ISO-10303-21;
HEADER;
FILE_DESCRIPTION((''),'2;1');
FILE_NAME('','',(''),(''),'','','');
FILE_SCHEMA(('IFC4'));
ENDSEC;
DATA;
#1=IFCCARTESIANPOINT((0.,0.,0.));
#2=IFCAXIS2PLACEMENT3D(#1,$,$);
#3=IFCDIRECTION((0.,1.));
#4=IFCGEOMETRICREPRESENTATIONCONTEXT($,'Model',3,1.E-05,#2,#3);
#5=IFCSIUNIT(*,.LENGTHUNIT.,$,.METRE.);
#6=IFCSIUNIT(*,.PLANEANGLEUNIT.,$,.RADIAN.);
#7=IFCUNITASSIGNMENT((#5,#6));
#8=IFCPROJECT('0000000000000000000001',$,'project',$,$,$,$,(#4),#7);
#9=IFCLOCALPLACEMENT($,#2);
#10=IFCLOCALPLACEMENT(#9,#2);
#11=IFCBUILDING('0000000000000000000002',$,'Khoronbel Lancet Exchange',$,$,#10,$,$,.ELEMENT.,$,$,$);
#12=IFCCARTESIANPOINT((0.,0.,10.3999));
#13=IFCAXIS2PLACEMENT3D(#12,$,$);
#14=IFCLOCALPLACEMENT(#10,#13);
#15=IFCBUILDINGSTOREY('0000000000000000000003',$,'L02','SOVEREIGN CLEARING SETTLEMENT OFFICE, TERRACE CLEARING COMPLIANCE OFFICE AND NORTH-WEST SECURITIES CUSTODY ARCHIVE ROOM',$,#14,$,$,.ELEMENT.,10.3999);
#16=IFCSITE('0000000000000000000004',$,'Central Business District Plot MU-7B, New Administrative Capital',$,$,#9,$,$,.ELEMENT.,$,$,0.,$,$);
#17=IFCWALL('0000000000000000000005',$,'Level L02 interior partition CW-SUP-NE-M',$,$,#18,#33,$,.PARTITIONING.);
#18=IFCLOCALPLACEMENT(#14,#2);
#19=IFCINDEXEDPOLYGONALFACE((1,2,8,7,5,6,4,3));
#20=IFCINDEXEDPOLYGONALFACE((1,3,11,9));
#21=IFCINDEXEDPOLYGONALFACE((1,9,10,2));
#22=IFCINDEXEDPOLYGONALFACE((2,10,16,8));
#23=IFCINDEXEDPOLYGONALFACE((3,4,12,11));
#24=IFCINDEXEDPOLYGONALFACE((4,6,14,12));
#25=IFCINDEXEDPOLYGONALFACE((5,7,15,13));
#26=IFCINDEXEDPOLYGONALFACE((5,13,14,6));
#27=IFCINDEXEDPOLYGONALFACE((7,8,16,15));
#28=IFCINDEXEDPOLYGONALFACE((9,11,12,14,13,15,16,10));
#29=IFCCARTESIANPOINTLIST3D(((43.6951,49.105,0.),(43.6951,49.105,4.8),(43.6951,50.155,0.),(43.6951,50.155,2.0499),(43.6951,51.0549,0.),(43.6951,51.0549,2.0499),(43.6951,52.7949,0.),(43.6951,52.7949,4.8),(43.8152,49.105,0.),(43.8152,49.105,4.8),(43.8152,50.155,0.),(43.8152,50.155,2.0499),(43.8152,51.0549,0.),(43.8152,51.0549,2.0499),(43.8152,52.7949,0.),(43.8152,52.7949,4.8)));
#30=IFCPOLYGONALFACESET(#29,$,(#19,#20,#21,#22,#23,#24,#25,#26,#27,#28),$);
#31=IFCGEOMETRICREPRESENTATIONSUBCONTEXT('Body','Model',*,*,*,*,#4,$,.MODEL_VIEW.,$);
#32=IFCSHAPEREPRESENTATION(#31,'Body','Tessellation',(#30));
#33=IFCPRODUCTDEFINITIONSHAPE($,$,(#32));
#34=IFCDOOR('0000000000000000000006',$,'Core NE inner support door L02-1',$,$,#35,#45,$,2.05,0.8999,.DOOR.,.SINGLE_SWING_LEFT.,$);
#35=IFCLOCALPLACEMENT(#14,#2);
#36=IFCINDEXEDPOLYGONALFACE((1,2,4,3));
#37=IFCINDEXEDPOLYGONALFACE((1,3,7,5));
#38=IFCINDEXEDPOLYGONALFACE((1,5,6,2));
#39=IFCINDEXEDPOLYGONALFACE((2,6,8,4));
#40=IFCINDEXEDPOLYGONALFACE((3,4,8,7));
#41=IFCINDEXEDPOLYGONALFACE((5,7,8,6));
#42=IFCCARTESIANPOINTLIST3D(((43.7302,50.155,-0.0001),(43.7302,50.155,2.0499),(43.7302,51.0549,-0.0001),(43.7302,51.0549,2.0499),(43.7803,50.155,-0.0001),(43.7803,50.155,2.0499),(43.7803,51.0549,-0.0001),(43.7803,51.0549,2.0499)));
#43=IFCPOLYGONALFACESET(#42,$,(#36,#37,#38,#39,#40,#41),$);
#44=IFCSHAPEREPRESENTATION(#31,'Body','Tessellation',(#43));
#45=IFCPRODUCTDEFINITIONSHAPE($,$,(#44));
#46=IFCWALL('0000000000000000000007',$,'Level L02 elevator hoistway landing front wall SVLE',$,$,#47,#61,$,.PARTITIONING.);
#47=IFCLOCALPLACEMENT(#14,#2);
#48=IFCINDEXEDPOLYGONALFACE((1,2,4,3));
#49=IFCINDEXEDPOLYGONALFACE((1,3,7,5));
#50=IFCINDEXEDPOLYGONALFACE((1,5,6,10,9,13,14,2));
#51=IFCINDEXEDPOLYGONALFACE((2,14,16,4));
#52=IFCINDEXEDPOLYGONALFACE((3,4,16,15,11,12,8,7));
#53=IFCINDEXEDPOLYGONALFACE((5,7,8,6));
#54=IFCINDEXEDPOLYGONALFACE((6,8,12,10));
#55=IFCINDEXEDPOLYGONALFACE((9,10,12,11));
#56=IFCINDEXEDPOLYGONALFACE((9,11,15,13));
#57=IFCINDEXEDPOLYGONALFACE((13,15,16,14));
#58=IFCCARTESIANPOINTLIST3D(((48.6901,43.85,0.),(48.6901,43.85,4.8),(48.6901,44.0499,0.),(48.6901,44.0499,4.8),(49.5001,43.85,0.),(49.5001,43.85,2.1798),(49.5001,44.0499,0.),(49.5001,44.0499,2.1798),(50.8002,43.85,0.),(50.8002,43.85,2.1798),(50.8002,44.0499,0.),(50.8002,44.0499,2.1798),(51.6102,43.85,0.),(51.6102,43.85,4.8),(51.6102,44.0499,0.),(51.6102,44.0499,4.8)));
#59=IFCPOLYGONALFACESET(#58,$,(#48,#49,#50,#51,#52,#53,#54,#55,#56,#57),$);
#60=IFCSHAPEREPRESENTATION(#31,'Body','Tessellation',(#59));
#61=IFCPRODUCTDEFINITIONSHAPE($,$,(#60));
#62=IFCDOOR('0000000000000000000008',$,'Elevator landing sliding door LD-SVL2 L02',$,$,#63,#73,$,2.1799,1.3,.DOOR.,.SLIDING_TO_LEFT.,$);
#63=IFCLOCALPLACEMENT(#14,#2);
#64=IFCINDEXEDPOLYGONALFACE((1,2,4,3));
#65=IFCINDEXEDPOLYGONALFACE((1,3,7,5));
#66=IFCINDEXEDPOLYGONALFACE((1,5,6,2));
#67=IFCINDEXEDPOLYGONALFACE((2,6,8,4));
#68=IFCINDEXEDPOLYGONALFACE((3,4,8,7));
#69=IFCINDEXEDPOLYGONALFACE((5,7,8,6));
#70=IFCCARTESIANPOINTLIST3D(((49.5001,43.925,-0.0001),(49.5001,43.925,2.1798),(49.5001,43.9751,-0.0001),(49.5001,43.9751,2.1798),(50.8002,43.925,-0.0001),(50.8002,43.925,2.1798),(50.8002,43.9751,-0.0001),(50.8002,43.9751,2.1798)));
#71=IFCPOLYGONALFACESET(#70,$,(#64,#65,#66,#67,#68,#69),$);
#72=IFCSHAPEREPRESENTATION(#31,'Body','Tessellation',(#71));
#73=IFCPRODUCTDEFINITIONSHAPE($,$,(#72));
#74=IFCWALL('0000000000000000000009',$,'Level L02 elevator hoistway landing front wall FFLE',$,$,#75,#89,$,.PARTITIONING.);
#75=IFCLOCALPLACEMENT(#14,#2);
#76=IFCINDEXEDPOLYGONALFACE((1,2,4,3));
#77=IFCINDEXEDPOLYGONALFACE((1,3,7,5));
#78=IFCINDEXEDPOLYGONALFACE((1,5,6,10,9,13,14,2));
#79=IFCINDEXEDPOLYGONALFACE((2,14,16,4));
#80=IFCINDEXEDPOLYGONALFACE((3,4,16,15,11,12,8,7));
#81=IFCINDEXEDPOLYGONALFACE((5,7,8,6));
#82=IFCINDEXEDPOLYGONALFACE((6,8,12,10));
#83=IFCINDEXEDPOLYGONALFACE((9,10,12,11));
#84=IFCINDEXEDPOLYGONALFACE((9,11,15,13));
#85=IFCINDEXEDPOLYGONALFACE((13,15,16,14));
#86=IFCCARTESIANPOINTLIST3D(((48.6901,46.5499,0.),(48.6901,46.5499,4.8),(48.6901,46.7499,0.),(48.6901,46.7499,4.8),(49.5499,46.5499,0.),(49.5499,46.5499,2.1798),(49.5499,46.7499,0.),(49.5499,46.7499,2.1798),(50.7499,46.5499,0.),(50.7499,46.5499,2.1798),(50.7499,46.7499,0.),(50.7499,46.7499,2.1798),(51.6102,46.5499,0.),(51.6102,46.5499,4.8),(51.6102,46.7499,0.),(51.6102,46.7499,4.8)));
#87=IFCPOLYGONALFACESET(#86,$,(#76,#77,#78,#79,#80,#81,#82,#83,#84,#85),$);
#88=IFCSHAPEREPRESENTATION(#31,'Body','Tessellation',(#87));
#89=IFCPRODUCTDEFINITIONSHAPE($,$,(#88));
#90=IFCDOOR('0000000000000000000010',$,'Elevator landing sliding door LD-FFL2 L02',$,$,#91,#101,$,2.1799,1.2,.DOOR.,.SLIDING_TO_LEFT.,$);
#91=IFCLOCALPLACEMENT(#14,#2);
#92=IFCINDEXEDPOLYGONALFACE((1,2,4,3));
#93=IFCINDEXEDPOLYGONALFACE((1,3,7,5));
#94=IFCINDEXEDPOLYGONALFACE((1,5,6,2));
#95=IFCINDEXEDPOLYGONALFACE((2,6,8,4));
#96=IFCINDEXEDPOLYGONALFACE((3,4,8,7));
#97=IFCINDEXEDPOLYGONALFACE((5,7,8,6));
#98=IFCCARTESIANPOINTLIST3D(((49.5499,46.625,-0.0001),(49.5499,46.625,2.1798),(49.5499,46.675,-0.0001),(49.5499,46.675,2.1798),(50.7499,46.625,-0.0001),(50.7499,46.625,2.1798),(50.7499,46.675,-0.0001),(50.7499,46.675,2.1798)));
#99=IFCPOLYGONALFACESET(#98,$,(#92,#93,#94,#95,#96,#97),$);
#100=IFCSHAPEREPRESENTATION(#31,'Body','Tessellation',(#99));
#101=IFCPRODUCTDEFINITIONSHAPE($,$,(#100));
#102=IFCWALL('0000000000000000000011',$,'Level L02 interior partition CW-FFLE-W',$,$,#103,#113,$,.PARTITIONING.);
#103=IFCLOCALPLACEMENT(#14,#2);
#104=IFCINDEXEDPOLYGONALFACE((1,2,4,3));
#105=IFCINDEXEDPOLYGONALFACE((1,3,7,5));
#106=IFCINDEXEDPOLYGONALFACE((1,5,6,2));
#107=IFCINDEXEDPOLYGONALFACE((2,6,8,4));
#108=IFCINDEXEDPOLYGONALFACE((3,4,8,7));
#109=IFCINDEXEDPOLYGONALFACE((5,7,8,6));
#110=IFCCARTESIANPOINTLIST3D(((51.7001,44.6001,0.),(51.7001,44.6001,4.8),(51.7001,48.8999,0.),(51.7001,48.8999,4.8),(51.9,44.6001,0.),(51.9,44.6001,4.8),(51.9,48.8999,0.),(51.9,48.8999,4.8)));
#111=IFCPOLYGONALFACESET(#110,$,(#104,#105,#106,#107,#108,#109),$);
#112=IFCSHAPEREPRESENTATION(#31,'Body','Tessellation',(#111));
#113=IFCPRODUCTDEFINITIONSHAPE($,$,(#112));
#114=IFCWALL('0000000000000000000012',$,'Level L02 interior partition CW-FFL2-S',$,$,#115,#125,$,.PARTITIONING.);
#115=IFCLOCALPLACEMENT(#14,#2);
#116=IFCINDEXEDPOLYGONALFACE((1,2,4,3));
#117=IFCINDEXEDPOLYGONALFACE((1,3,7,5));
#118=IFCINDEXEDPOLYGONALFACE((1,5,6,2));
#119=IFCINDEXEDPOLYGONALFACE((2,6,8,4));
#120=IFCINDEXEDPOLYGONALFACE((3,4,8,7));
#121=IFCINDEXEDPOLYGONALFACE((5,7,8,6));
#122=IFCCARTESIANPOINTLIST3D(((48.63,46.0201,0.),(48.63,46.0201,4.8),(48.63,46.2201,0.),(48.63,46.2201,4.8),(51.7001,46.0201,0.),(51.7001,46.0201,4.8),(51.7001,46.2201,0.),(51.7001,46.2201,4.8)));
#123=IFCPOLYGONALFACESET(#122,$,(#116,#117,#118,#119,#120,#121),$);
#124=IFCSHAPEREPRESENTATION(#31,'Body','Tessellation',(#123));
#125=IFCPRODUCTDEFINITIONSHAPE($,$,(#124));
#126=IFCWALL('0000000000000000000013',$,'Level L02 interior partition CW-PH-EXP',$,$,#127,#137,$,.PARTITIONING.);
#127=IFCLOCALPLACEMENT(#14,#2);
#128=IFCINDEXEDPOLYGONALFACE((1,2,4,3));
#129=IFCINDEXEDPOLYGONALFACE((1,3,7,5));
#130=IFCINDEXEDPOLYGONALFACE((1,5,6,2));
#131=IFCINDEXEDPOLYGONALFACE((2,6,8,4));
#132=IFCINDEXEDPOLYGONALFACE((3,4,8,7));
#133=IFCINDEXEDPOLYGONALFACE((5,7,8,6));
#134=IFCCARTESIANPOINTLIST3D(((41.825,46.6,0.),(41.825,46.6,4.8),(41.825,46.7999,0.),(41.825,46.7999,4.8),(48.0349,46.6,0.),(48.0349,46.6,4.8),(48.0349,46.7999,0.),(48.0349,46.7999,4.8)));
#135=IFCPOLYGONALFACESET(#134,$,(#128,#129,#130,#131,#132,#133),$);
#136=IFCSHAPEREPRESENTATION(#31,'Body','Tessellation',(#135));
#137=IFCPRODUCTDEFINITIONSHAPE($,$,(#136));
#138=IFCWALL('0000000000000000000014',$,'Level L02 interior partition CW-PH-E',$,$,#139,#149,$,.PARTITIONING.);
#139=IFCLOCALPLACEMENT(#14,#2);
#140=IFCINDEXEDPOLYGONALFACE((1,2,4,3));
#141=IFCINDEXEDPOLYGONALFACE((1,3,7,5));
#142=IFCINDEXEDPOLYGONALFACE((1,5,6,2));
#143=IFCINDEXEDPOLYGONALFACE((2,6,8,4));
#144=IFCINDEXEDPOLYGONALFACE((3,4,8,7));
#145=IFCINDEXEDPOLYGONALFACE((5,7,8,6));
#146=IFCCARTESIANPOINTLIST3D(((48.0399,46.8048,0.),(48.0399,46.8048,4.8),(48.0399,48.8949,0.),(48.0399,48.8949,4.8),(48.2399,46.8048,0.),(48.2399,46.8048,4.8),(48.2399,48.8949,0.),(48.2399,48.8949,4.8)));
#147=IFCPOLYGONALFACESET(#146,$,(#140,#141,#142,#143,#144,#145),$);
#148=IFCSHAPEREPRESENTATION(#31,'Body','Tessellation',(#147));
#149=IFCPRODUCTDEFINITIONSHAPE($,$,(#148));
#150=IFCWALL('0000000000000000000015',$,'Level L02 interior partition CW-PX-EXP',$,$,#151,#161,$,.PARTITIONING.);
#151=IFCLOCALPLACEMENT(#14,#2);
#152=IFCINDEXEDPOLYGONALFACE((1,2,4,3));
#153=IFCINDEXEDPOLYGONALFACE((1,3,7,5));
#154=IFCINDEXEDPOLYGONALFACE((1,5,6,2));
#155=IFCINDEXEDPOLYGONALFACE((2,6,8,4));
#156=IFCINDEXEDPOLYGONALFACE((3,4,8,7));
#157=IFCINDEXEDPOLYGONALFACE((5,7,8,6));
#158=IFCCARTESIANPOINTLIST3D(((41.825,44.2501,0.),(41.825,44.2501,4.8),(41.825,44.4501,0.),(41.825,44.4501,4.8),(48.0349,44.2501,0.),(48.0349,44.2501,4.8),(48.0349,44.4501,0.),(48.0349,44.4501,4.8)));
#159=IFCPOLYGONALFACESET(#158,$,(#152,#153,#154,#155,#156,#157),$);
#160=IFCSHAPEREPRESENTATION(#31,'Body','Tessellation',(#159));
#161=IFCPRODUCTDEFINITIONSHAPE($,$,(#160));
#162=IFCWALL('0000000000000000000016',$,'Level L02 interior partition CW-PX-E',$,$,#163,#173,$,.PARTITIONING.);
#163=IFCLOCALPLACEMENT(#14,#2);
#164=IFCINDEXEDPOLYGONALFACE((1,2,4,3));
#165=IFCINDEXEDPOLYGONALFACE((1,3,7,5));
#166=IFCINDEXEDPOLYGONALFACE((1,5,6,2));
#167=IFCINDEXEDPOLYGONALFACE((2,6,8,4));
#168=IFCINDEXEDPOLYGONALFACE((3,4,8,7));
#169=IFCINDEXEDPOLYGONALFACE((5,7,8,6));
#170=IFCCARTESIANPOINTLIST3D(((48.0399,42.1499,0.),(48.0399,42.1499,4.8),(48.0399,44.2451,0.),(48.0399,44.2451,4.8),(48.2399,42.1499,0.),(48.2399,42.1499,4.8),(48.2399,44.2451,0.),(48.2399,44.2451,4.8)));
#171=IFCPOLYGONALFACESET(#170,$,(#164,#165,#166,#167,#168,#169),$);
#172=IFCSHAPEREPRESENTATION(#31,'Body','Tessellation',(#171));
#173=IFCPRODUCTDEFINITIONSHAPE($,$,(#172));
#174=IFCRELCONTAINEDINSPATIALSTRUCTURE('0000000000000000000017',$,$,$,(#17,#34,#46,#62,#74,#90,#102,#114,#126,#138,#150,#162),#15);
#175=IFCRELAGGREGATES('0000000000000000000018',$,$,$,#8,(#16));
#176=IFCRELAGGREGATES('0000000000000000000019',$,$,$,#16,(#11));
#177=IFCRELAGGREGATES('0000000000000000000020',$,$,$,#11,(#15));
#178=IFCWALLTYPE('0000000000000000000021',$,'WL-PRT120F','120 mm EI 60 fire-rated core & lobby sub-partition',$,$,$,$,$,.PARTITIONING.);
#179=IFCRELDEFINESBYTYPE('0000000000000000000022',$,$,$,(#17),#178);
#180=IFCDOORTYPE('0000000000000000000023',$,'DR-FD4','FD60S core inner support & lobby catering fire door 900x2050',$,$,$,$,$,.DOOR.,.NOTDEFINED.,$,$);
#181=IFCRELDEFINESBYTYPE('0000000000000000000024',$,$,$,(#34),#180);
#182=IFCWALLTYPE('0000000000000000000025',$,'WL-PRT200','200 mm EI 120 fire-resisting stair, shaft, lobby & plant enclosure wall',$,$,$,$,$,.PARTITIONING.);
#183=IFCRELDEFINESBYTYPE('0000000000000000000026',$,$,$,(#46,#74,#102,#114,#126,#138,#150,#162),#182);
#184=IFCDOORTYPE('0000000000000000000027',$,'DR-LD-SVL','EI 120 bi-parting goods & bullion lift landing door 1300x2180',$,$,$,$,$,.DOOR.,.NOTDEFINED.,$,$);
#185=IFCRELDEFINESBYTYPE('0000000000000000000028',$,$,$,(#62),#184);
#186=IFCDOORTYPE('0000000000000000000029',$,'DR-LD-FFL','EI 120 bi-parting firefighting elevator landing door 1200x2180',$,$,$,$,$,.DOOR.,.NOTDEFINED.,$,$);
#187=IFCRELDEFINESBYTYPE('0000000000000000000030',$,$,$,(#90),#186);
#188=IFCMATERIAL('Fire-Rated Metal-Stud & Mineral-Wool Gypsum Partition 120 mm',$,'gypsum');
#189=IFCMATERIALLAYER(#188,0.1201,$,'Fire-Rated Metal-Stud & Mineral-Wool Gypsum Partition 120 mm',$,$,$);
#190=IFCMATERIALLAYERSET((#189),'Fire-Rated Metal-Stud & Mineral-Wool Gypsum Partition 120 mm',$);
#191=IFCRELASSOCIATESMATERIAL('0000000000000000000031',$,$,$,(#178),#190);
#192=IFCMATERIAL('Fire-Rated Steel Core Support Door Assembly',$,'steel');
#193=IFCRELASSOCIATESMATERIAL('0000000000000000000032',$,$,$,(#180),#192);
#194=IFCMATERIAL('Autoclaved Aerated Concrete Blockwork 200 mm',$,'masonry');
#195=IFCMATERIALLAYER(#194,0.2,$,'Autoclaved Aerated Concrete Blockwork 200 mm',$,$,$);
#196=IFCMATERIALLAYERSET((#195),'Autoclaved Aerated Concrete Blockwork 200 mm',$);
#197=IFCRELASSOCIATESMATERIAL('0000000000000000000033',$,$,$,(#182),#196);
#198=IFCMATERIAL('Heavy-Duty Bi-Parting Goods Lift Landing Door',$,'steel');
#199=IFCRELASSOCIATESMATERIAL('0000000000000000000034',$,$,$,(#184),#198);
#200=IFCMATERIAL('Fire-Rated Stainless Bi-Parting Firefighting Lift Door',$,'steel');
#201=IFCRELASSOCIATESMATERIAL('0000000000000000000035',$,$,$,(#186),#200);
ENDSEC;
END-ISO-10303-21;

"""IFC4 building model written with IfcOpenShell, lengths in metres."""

from ifc_helpers import new_model, si_unit, direction, frame, frame_2d, origin, place, context, subcontext, project, spatial, rectangle, extrude, material, layer, layer_set, type_object, element, fill, save


model = new_model("IFC4")

# Units and contexts
model_context = context("Model", 3, precision=1e-05, world=origin(), true_north=direction((0.0, 1.0)))
body_context = subcontext(model_context, "Body", "Model", "MODEL_VIEW")
ifc_project = project(units=[si_unit("LENGTHUNIT", "METRE"), si_unit("PLANEANGLEUNIT", "RADIAN")], contexts=[model_context])

# Site, building, storey
site_placement = place(None, origin())
site = spatial("IfcSite", under=ifc_project, at=site_placement, Name="Central Business District Plot MU-7B, New Administrative Capital", CompositionType="ELEMENT", RefElevation=0.0)
building_placement = place(site_placement, origin())
building = spatial("IfcBuilding", under=site, at=building_placement, Name="Khoronbel Lancet Exchange", CompositionType="ELEMENT")
storey_placement = place(building_placement, frame((0.0, 0.0, 10.3999)))
storey = spatial("IfcBuildingStorey", under=building, at=storey_placement, Name="L02", Description="SOVEREIGN CLEARING SETTLEMENT OFFICE, TERRACE CLEARING COMPLIANCE OFFICE AND NORTH-WEST SECURITIES CUSTODY ARCHIVE ROOM", CompositionType="ELEMENT", Elevation=10.3999)

# Shared definitions
ifc_material_1 = material(Name="Fire-Rated Metal-Stud & Mineral-Wool Gypsum Partition 120 mm", Category="gypsum")
ifc_layer_1 = layer(ifc_material_1, 0.1201, Name="Fire-Rated Metal-Stud & Mineral-Wool Gypsum Partition 120 mm")
ifc_layer_set_1 = layer_set([ifc_layer_1], Name="Fire-Rated Metal-Stud & Mineral-Wool Gypsum Partition 120 mm")
wall_type_1 = type_object("IfcWallType", Name="WL-PRT120F", Description="120 mm EI 60 fire-rated core & lobby sub-partition", PredefinedType="PARTITIONING", material=ifc_layer_set_1)

# Walls, openings, doors
wall_1_placement = place(storey_placement, frame((43.7551, 49.105, 0.0), z_axis=(0.0, 0.0, 1.0), x_axis=(0.0, 1.0, 0.0)))
wall_1 = element("IfcWall", 1, at=wall_1_placement, inside=storey, type_object=wall_type_1, Name="Level L02 interior partition CW-SUP-NE-M", PredefinedType="PARTITIONING", context=body_context, shape_type="SweptSolid", body=[
    extrude(rectangle(XDim=3.6899, YDim=0.1201, at=frame_2d((1.845, 0.0))), origin(), (0.0, 0.0, 1.0), 4.8),
])
opening_1_placement = place(wall_1_placement, frame((1.05, 0.0, 0.0)))
opening_1 = element("IfcOpeningElement", 2, at=opening_1_placement, cuts=wall_1, PredefinedType="OPENING", context=body_context, shape_type="SweptSolid", body=[
    extrude(rectangle(XDim=0.8999, YDim=2.05, at=frame_2d((0.45, 1.0249))), frame((0.0, 0.0701, 0.0), z_axis=(0.0, -1.0, 0.0), x_axis=(1.0, 0.0, 0.0)), (0.0, 0.0, 1.0), 0.1401),
])
ifc_material_2 = material(Name="Fire-Rated Steel Core Support Door Assembly", Category="steel")
door_type_1 = type_object("IfcDoorType", Name="DR-FD4", Description="FD60S core inner support & lobby catering fire door 900x2050", OperationType="NOTDEFINED", PredefinedType="DOOR", material=ifc_material_2)
door_1_placement = place(opening_1_placement, origin())
door_1 = element("IfcDoor", 3, at=door_1_placement, inside=storey, type_object=door_type_1, Name="Core NE inner support door L02-1", OperationType="SINGLE_SWING_LEFT", OverallHeight=2.05, OverallWidth=0.8999, PredefinedType="DOOR", context=body_context, shape_type="SweptSolid", body=[
    extrude(rectangle(XDim=0.8999, YDim=2.05, at=frame_2d((0.45, 1.0249))), frame((0.0, 0.0249, 0.0), z_axis=(0.0, -1.0, 0.0), x_axis=(1.0, 0.0, 0.0)), (0.0, 0.0, 1.0), 0.05),
])
fill(opening_1, door_1)
ifc_material_3 = material(Name="Autoclaved Aerated Concrete Blockwork 200 mm", Category="masonry")
ifc_layer_2 = layer(ifc_material_3, 0.2, Name="Autoclaved Aerated Concrete Blockwork 200 mm")
ifc_layer_set_2 = layer_set([ifc_layer_2], Name="Autoclaved Aerated Concrete Blockwork 200 mm")
wall_type_2 = type_object("IfcWallType", Name="WL-PRT200", Description="200 mm EI 120 fire-resisting stair, shaft, lobby & plant enclosure wall", PredefinedType="PARTITIONING", material=ifc_layer_set_2)
wall_2_placement = place(storey_placement, frame((51.6101, 43.95, 0.0), z_axis=(0.0, 0.0, 1.0), x_axis=(-1.0, 0.0, 0.0)))
wall_2 = element("IfcWall", 4, at=wall_2_placement, inside=storey, type_object=wall_type_2, Name="Level L02 elevator hoistway landing front wall SVLE", PredefinedType="PARTITIONING", context=body_context, shape_type="SweptSolid", body=[
    extrude(rectangle(XDim=2.9202, YDim=0.2, at=frame_2d((1.46, 0.0))), origin(), (0.0, 0.0, 1.0), 4.8),
])
opening_2_placement = place(wall_2_placement, frame((0.8101, 0.0, 0.0)))
opening_2 = element("IfcOpeningElement", 5, at=opening_2_placement, cuts=wall_2, PredefinedType="OPENING", context=body_context, shape_type="SweptSolid", body=[
    extrude(rectangle(XDim=1.3, YDim=2.1799, at=frame_2d((0.6499, 1.0898))), frame((0.0, 0.1099, 0.0), z_axis=(0.0, -1.0, 0.0), x_axis=(1.0, 0.0, 0.0)), (0.0, 0.0, 1.0), 0.22),
])
ifc_material_4 = material(Name="Heavy-Duty Bi-Parting Goods Lift Landing Door", Category="steel")
door_type_2 = type_object("IfcDoorType", Name="DR-LD-SVL", Description="EI 120 bi-parting goods & bullion lift landing door 1300x2180", OperationType="NOTDEFINED", PredefinedType="DOOR", material=ifc_material_4)
door_2_placement = place(opening_2_placement, origin())
door_2 = element("IfcDoor", 6, at=door_2_placement, inside=storey, type_object=door_type_2, Name="Elevator landing sliding door LD-SVL2 L02", OperationType="SLIDING_TO_LEFT", OverallHeight=2.1799, OverallWidth=1.3, PredefinedType="DOOR", context=body_context, shape_type="SweptSolid", body=[
    extrude(rectangle(XDim=1.3, YDim=2.1799, at=frame_2d((0.6499, 1.0898))), frame((0.0, 0.0249, 0.0), z_axis=(0.0, -1.0, 0.0), x_axis=(1.0, 0.0, 0.0)), (0.0, 0.0, 1.0), 0.05),
])
fill(opening_2, door_2)
wall_3_placement = place(storey_placement, frame((51.6101, 46.6499, 0.0), z_axis=(0.0, 0.0, 1.0), x_axis=(-1.0, 0.0, 0.0)))
wall_3 = element("IfcWall", 7, at=wall_3_placement, inside=storey, type_object=wall_type_2, Name="Level L02 elevator hoistway landing front wall FFLE", PredefinedType="PARTITIONING", context=body_context, shape_type="SweptSolid", body=[
    extrude(rectangle(XDim=2.9202, YDim=0.2, at=frame_2d((1.46, 0.0))), origin(), (0.0, 0.0, 1.0), 4.8),
])
opening_3_placement = place(wall_3_placement, frame((0.8601, 0.0, 0.0)))
opening_3 = element("IfcOpeningElement", 8, at=opening_3_placement, cuts=wall_3, PredefinedType="OPENING", context=body_context, shape_type="SweptSolid", body=[
    extrude(rectangle(XDim=1.2, YDim=2.1799, at=frame_2d((0.6001, 1.0898))), frame((0.0, 0.1099, 0.0), z_axis=(0.0, -1.0, 0.0), x_axis=(1.0, 0.0, 0.0)), (0.0, 0.0, 1.0), 0.22),
])
ifc_material_5 = material(Name="Fire-Rated Stainless Bi-Parting Firefighting Lift Door", Category="steel")
door_type_3 = type_object("IfcDoorType", Name="DR-LD-FFL", Description="EI 120 bi-parting firefighting elevator landing door 1200x2180", OperationType="NOTDEFINED", PredefinedType="DOOR", material=ifc_material_5)
door_3_placement = place(opening_3_placement, origin())
door_3 = element("IfcDoor", 9, at=door_3_placement, inside=storey, type_object=door_type_3, Name="Elevator landing sliding door LD-FFL2 L02", OperationType="SLIDING_TO_LEFT", OverallHeight=2.1799, OverallWidth=1.2, PredefinedType="DOOR", context=body_context, shape_type="SweptSolid", body=[
    extrude(rectangle(XDim=1.2, YDim=2.1799, at=frame_2d((0.6001, 1.0898))), frame((0.0, 0.0249, 0.0), z_axis=(0.0, -1.0, 0.0), x_axis=(1.0, 0.0, 0.0)), (0.0, 0.0, 1.0), 0.05),
])
fill(opening_3, door_3)

# Walls
wall_4_placement = place(storey_placement, frame((51.8, 44.6001, 0.0), z_axis=(0.0, 0.0, 1.0), x_axis=(0.0, 1.0, 0.0)))
element("IfcWall", 10, at=wall_4_placement, inside=storey, type_object=wall_type_2, Name="Level L02 interior partition CW-FFLE-W", PredefinedType="PARTITIONING", context=body_context, shape_type="SweptSolid", body=[
    extrude(rectangle(XDim=4.2998, YDim=0.2, at=frame_2d((2.1499, 0.0))), origin(), (0.0, 0.0, 1.0), 4.8),
])
wall_5_placement = place(storey_placement, frame((48.6299, 46.1201, 0.0), z_axis=(0.0, 0.0, 1.0), x_axis=(1.0, 0.0, 0.0)))
element("IfcWall", 11, at=wall_5_placement, inside=storey, type_object=wall_type_2, Name="Level L02 interior partition CW-FFL2-S", PredefinedType="PARTITIONING", context=body_context, shape_type="SweptSolid", body=[
    extrude(rectangle(XDim=3.0701, YDim=0.2, at=frame_2d((1.5352, 0.0))), origin(), (0.0, 0.0, 1.0), 4.8),
])

# Walls
wall_6_placement = place(storey_placement, frame((41.825, 46.7, 0.0), z_axis=(0.0, 0.0, 1.0), x_axis=(1.0, 0.0, 0.0)))
element("IfcWall", 12, at=wall_6_placement, inside=storey, type_object=wall_type_2, Name="Level L02 interior partition CW-PH-EXP", PredefinedType="PARTITIONING", context=body_context, shape_type="SweptSolid", body=[
    extrude(rectangle(XDim=6.21, YDim=0.2, at=frame_2d((3.105, 0.0))), origin(), (0.0, 0.0, 1.0), 4.8),
])
wall_7_placement = place(storey_placement, frame((48.1399, 46.8049, 0.0), z_axis=(0.0, 0.0, 1.0), x_axis=(0.0, 1.0, 0.0)))
element("IfcWall", 13, at=wall_7_placement, inside=storey, type_object=wall_type_2, Name="Level L02 interior partition CW-PH-E", PredefinedType="PARTITIONING", context=body_context, shape_type="SweptSolid", body=[
    extrude(rectangle(XDim=2.0901, YDim=0.2, at=frame_2d((1.0449, 0.0))), origin(), (0.0, 0.0, 1.0), 4.8),
])
wall_8_placement = place(storey_placement, frame((41.825, 44.3501, 0.0), z_axis=(0.0, 0.0, 1.0), x_axis=(1.0, 0.0, 0.0)))
element("IfcWall", 14, at=wall_8_placement, inside=storey, type_object=wall_type_2, Name="Level L02 interior partition CW-PX-EXP", PredefinedType="PARTITIONING", context=body_context, shape_type="SweptSolid", body=[
    extrude(rectangle(XDim=6.21, YDim=0.2, at=frame_2d((3.105, 0.0))), origin(), (0.0, 0.0, 1.0), 4.8),
])
wall_9_placement = place(storey_placement, frame((48.1399, 42.1499, 0.0), z_axis=(0.0, 0.0, 1.0), x_axis=(0.0, 1.0, 0.0)))
element("IfcWall", 15, at=wall_9_placement, inside=storey, type_object=wall_type_2, Name="Level L02 interior partition CW-PX-E", PredefinedType="PARTITIONING", context=body_context, shape_type="SweptSolid", body=[
    extrude(rectangle(XDim=2.0952, YDim=0.2, at=frame_2d((1.0476, 0.0))), origin(), (0.0, 0.0, 1.0), 4.8),
])

save(model, "model.ifc")
